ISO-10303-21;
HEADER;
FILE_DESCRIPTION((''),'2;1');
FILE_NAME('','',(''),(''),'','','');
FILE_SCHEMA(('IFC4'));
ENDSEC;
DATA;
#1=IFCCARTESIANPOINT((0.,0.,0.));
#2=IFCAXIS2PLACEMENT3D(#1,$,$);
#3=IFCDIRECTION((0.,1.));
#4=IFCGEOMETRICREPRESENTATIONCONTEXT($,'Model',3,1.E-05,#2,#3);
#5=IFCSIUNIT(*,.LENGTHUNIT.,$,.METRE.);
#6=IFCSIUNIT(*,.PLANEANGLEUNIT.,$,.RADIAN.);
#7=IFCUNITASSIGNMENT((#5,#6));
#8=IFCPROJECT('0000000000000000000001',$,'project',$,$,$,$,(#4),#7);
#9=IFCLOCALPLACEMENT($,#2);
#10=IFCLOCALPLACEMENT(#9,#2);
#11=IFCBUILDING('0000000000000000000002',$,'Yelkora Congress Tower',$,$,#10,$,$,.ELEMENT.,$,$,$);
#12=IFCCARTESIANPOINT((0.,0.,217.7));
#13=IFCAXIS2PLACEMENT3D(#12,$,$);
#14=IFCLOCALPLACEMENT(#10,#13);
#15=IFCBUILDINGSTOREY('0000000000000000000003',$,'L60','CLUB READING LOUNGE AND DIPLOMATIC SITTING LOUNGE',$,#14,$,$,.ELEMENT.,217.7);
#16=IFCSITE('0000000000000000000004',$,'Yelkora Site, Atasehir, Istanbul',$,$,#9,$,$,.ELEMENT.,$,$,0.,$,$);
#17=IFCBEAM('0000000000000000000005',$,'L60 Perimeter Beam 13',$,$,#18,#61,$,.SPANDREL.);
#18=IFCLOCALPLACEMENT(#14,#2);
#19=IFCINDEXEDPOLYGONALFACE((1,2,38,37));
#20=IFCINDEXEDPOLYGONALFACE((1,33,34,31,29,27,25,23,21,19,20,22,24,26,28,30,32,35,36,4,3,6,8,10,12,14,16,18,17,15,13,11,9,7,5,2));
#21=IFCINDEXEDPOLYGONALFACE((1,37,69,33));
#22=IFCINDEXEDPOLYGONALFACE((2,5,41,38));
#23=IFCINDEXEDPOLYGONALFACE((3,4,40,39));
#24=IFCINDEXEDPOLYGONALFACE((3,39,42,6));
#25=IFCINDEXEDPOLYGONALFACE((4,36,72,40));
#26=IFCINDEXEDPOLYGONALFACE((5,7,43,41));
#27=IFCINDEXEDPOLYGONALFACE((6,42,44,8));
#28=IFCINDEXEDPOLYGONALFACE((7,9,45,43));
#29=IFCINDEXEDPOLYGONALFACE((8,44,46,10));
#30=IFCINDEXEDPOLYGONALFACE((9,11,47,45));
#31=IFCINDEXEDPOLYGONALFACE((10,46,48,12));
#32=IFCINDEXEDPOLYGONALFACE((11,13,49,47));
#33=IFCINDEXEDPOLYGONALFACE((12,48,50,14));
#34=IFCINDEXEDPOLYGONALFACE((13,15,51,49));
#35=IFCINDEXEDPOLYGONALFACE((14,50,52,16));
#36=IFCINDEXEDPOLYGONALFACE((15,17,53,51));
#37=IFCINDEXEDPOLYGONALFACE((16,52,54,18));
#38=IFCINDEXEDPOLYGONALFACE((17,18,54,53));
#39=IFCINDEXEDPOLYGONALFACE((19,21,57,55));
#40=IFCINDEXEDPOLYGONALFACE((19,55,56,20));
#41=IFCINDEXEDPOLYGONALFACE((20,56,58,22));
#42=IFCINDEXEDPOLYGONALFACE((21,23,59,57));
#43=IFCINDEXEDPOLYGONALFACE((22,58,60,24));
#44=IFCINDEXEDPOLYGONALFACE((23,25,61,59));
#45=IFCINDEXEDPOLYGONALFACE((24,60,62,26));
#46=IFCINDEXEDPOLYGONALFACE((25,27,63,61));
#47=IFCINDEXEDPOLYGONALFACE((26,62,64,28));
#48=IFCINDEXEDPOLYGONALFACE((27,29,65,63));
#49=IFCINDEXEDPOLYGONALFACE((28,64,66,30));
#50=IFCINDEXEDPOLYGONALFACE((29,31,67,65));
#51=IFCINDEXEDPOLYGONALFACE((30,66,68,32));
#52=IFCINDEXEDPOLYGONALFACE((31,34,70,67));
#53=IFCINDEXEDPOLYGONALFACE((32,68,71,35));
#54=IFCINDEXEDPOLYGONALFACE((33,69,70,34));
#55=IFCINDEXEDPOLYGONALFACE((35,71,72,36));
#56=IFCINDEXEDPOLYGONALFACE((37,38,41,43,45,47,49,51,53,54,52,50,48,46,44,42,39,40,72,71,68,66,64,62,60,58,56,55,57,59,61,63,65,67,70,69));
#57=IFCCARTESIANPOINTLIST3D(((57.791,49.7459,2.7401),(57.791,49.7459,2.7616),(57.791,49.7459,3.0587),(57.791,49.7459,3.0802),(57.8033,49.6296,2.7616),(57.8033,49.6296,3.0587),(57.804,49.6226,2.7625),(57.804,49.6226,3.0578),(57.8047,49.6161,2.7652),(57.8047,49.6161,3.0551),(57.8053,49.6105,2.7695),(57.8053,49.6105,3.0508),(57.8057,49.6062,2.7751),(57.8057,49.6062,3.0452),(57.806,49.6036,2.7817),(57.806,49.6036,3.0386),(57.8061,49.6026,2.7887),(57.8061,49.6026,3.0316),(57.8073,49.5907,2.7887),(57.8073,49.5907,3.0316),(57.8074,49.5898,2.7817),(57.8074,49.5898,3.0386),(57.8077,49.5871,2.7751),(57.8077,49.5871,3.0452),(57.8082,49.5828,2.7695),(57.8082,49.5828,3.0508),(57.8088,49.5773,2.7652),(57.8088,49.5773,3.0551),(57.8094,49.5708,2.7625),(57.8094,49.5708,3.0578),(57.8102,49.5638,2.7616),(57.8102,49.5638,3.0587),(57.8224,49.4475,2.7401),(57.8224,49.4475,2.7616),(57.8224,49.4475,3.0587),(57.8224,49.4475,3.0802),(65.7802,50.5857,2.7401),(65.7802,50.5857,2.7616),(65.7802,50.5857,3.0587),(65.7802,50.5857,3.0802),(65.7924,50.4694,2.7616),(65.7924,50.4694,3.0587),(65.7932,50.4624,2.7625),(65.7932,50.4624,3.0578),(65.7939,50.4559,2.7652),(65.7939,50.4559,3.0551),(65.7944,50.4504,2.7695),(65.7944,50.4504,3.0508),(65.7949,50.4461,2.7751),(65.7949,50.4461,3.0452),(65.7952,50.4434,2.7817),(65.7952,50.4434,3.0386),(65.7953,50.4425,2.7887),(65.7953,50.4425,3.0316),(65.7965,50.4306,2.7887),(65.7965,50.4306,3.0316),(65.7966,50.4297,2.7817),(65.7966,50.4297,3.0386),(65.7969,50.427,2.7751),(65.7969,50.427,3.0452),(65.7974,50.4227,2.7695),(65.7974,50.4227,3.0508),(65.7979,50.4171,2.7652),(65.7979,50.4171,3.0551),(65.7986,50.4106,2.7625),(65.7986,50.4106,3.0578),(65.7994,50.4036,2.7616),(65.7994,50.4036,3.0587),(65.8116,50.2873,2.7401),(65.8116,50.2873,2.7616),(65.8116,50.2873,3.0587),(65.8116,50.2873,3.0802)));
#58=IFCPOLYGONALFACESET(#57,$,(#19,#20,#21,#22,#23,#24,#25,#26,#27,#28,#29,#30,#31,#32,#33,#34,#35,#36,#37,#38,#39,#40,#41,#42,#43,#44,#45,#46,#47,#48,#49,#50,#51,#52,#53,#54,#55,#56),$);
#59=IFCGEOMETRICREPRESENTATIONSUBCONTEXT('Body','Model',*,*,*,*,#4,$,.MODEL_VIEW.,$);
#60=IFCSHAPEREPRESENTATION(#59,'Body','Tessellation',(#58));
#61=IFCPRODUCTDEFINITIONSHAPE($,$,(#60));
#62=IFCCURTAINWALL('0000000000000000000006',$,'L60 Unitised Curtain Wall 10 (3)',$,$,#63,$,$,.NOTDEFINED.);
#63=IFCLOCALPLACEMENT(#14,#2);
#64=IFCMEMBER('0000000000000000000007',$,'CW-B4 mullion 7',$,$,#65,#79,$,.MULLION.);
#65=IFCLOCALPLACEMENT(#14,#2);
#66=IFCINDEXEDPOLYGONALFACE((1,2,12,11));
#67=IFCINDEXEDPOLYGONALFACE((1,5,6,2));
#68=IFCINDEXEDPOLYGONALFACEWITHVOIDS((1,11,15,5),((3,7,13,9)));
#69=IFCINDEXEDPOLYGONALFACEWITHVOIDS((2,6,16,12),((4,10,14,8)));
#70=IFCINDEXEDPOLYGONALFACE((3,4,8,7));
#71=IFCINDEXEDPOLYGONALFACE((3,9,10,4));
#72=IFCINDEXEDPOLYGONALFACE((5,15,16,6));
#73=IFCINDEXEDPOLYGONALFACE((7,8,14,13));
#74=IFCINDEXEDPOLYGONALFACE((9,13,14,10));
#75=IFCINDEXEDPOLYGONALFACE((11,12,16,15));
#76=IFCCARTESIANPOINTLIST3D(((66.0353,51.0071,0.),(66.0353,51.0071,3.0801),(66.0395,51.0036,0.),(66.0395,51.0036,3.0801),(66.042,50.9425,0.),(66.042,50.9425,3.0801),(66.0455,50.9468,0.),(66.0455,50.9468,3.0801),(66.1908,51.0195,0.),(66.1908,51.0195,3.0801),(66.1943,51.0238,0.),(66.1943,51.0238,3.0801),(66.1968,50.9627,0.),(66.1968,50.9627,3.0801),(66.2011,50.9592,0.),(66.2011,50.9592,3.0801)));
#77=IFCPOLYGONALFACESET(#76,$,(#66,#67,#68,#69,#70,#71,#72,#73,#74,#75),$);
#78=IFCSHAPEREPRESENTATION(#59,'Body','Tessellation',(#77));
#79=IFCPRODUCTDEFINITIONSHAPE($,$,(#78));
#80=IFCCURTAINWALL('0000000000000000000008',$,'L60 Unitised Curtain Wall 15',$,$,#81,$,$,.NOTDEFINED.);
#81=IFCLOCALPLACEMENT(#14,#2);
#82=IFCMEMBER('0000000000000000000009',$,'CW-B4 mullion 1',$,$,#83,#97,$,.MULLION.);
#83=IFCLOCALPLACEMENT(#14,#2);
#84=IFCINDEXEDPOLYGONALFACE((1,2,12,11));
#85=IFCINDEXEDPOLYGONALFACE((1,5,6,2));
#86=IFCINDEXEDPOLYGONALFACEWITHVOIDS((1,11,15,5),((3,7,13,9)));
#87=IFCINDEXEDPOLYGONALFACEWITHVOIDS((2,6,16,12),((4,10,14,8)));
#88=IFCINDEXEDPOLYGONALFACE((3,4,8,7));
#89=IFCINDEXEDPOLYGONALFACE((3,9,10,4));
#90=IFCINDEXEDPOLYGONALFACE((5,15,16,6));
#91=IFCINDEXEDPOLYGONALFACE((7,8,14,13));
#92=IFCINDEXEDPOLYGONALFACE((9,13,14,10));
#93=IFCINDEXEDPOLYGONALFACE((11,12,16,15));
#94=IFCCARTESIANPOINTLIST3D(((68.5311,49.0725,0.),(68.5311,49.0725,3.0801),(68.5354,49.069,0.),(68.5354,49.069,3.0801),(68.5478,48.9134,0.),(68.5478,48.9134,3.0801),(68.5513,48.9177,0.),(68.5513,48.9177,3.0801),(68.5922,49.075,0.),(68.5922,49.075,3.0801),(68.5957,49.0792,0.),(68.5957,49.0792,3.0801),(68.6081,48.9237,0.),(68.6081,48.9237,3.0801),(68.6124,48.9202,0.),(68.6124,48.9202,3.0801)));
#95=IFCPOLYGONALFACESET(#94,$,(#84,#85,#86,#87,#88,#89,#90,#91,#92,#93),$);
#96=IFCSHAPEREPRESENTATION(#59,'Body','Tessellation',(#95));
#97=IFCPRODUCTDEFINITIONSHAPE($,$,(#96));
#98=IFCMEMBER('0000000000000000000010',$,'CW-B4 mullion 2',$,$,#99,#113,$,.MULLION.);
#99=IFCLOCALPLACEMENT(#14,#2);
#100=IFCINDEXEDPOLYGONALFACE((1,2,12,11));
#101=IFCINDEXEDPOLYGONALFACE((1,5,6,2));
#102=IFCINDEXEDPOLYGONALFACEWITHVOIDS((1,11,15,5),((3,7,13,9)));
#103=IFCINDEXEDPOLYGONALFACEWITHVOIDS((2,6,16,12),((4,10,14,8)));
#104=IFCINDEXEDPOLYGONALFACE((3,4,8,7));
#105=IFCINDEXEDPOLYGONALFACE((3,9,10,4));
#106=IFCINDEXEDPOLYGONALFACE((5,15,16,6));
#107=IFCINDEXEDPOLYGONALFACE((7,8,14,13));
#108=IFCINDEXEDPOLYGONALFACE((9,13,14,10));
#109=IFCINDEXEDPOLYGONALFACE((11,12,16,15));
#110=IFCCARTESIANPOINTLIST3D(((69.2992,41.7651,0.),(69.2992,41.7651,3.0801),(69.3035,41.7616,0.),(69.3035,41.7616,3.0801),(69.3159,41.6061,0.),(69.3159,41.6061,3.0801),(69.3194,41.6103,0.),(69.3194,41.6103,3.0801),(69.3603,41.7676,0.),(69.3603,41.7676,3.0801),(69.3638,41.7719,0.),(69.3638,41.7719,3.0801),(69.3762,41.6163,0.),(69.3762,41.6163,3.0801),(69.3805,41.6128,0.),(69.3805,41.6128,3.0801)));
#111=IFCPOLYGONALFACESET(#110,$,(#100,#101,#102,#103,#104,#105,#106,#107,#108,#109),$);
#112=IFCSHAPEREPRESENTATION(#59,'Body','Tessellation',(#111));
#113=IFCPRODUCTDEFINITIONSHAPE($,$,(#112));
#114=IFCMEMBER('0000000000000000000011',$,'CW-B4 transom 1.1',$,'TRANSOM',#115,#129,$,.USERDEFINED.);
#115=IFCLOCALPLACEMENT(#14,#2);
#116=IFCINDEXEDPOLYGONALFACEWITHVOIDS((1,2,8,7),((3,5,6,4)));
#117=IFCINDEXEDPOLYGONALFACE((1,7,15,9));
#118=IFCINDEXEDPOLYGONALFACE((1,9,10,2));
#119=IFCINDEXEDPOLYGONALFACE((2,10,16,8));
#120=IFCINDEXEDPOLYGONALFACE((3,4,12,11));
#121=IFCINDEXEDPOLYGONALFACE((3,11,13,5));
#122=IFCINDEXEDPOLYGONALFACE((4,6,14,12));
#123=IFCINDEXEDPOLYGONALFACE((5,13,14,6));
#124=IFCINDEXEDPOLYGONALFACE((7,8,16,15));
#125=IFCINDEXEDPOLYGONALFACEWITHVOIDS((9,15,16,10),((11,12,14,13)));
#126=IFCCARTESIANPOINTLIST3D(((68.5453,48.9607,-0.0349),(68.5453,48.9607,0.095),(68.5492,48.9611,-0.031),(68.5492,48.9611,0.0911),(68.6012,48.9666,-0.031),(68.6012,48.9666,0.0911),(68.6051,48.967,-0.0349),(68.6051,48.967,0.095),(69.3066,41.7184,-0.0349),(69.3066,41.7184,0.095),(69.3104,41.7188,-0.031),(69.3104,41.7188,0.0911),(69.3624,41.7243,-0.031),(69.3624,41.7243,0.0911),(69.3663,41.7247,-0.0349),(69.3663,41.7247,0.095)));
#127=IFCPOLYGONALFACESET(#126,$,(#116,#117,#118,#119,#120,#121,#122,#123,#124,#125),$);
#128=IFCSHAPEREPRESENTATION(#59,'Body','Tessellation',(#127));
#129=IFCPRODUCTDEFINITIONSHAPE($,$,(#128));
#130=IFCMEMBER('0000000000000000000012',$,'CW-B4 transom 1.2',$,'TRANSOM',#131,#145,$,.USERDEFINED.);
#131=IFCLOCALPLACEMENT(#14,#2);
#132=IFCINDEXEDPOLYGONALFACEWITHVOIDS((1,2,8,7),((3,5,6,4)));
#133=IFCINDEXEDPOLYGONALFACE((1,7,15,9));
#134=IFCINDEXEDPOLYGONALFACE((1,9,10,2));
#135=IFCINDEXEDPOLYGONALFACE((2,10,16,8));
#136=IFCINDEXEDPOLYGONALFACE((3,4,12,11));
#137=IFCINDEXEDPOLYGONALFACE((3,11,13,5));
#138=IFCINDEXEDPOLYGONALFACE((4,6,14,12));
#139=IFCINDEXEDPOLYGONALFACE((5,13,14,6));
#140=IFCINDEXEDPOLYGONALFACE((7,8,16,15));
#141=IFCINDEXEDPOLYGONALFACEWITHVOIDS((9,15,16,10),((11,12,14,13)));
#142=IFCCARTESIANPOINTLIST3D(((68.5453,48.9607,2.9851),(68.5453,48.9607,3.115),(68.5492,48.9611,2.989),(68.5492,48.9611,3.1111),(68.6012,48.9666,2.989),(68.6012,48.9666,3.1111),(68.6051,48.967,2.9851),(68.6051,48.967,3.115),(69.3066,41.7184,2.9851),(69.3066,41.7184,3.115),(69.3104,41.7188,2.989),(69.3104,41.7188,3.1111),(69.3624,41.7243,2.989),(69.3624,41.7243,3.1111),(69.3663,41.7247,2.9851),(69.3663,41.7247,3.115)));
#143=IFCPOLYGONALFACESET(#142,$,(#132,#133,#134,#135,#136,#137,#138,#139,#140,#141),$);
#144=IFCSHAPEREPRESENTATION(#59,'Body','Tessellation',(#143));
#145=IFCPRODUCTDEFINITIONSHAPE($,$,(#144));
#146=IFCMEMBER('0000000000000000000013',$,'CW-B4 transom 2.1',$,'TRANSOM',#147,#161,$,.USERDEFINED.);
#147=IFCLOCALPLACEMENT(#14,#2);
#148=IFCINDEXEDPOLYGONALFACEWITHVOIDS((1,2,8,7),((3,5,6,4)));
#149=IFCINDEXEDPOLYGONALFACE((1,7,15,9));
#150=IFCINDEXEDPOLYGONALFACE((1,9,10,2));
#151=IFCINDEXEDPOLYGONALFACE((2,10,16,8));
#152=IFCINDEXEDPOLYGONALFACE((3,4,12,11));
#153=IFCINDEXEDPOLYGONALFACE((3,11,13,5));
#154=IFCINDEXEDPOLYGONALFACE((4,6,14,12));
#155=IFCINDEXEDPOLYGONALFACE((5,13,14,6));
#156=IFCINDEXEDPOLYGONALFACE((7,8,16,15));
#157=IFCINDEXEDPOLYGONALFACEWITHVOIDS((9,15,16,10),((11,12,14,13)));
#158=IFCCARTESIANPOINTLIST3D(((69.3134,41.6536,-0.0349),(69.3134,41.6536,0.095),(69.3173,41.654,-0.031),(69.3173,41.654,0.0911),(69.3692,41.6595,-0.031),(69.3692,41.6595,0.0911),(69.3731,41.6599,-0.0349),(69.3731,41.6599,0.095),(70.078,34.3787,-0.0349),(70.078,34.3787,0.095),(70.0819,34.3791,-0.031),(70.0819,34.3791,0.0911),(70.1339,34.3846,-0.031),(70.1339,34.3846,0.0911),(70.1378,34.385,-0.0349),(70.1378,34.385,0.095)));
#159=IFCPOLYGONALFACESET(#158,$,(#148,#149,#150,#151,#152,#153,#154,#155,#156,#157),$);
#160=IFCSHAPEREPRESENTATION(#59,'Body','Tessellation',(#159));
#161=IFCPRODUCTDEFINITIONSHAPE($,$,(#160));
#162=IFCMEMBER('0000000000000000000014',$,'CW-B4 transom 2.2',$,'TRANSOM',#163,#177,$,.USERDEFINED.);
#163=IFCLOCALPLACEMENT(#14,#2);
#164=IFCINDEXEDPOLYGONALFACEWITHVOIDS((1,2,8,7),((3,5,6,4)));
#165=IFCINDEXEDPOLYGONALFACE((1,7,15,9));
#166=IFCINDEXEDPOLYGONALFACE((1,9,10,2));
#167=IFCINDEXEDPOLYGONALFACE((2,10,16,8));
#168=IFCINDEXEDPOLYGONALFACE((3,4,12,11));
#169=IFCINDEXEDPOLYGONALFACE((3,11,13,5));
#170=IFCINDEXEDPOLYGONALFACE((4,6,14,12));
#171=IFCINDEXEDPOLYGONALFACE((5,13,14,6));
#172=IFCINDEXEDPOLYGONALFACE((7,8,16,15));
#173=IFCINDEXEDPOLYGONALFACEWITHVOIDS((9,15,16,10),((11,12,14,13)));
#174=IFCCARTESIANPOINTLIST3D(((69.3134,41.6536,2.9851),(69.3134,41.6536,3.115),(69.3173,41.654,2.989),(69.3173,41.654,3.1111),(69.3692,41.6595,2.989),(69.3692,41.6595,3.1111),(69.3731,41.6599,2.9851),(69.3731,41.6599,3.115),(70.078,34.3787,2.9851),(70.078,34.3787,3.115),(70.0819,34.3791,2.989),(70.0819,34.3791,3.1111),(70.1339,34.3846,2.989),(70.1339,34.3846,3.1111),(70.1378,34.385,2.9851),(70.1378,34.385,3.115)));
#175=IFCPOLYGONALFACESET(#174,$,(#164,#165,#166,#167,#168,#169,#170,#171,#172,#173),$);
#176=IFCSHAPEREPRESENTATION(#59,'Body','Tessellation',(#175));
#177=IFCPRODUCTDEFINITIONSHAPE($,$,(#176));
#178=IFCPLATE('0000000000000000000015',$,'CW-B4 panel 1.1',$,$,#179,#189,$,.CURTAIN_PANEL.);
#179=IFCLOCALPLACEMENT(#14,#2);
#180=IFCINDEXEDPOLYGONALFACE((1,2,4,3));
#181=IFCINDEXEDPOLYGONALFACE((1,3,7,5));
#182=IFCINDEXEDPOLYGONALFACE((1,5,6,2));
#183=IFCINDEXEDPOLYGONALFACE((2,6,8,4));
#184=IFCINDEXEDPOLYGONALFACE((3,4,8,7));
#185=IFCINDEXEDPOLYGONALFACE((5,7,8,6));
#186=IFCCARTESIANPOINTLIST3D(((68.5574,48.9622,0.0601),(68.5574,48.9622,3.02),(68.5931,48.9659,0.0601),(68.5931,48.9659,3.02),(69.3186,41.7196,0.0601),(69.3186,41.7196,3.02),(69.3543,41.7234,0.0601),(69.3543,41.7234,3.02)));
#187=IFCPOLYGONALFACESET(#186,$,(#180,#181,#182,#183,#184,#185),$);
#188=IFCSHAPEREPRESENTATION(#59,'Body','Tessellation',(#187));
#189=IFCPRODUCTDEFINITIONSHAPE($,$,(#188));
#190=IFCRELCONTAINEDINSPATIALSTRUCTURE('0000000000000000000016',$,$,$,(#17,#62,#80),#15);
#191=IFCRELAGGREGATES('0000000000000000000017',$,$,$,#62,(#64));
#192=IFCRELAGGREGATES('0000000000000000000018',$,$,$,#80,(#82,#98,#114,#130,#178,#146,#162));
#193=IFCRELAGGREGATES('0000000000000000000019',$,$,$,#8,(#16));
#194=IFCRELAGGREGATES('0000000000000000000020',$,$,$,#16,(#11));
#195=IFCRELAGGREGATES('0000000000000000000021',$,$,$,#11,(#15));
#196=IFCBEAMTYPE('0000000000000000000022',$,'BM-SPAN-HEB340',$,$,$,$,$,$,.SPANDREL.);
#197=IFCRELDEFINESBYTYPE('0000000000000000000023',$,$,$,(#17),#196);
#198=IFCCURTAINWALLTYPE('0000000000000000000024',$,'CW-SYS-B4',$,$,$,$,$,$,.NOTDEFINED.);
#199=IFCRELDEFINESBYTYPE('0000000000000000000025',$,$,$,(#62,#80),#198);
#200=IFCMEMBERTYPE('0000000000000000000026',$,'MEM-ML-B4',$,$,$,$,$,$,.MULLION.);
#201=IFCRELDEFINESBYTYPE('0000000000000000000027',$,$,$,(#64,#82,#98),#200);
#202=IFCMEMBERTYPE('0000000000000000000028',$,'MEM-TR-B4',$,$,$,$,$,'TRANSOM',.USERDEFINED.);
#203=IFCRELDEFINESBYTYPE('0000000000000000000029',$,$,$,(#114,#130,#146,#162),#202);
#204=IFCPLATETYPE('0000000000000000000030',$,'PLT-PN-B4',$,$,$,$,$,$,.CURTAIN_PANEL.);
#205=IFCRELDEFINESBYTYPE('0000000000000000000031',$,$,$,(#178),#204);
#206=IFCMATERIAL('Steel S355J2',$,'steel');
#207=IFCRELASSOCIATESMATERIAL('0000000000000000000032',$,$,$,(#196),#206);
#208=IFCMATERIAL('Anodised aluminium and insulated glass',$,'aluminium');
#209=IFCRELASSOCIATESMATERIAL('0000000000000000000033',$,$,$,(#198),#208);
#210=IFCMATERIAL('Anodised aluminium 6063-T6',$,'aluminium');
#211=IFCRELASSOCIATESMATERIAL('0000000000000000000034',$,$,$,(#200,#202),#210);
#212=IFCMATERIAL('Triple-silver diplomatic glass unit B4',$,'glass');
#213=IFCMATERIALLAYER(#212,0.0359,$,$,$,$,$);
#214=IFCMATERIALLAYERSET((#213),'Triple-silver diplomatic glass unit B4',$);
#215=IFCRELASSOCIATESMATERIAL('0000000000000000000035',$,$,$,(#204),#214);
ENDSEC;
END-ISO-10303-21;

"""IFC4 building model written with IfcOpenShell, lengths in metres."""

from ifc_helpers import new_model, si_unit, direction, frame, origin, origin_2d, place, context, subcontext, project, spatial, rectangle, hollow_rectangle, i_section, extrude, material, layer, layer_set, material_profile, profile_set, type_object, element, aggregate, save


model = new_model("IFC4")

# Units and contexts
model_context = context("Model", 3, precision=1e-05, world=origin(), true_north=direction((0.0, 1.0)))
body_context = subcontext(model_context, "Body", "Model", "MODEL_VIEW")
ifc_project = project(units=[si_unit("LENGTHUNIT", "METRE"), si_unit("PLANEANGLEUNIT", "RADIAN")], contexts=[model_context])

# Site, building, storey
site_placement = place(None, origin())
site = spatial("IfcSite", under=ifc_project, at=site_placement, Name="Yelkora Site, Atasehir, Istanbul", CompositionType="ELEMENT", RefElevation=0.0)
building_placement = place(site_placement, origin())
building = spatial("IfcBuilding", under=site, at=building_placement, Name="Yelkora Congress Tower", CompositionType="ELEMENT")
storey_placement = place(building_placement, frame((0.0, 0.0, 217.7)))
storey = spatial("IfcBuildingStorey", under=building, at=storey_placement, Name="L60", Description="CLUB READING LOUNGE AND DIPLOMATIC SITTING LOUNGE", CompositionType="ELEMENT", Elevation=217.7)

# Shared definitions
ifc_material_1 = material(Name="Steel S355J2", Category="steel")

# Beam
ifc_material_profile_1 = material_profile(ifc_material_1, i_section(OverallWidth=0.3, OverallDepth=0.3401, WebThickness=0.012, FlangeThickness=0.0215, FilletRadius=0.0271, at=origin_2d()), Name="HEB 340")
ifc_profile_set_1 = profile_set([ifc_material_profile_1], Name="Steel S355J2")
beam_type_1 = type_object("IfcBeamType", Name="BM-SPAN-HEB340", PredefinedType="SPANDREL", material=ifc_profile_set_1)
beam_1_placement = place(storey_placement, frame((65.7959, 50.4365, 2.9102), z_axis=(-0.99452, -0.104546, 0.0), x_axis=(0.104546, -0.99452, 0.0)))
element("IfcBeam", 1, at=beam_1_placement, inside=storey, type_object=beam_type_1, Name="L60 Perimeter Beam 13", PredefinedType="SPANDREL", context=body_context, shape_type="SweptSolid", body=[
    extrude(i_section(OverallWidth=0.3, OverallDepth=0.3401, WebThickness=0.012, FlangeThickness=0.0215, FilletRadius=0.0271, at=origin_2d()), origin(), (0.0, 0.0, 1.0), 8.0332),
])

# Curtain wall, member
ifc_material_2 = material(Name="Anodised aluminium and insulated glass", Category="aluminium")
curtain_wall_type = type_object("IfcCurtainWallType", Name="CW-SYS-B4", PredefinedType="NOTDEFINED", material=ifc_material_2)
curtain_wall_1_placement = place(storey_placement, origin())
curtain_wall_1 = element("IfcCurtainWall", 2, at=curtain_wall_1_placement, inside=storey, type_object=curtain_wall_type, Name="L60 Unitised Curtain Wall 10 (3)", PredefinedType="NOTDEFINED")
ifc_material_3 = material(Name="Anodised aluminium 6063-T6", Category="aluminium")
ifc_material_profile_2 = material_profile(ifc_material_3, hollow_rectangle(XDim=0.0649, YDim=0.1599, WallThickness=0.0039, at=origin_2d()), Name="ALU 65x160x4")
ifc_profile_set_2 = profile_set([ifc_material_profile_2], Name="Anodised aluminium 6063-T6")
member_type_1 = type_object("IfcMemberType", Name="MEM-ML-B4", PredefinedType="MULLION", material=ifc_profile_set_2)
member_1_placement = place(storey_placement, frame((66.1182, 50.9832, 0.0), z_axis=(0.0, 0.0, 1.0), x_axis=(-0.104528, 0.994522, 0.0)))
member_1 = element("IfcMember", 3, at=member_1_placement, type_object=member_type_1, Name="CW-B4 mullion 7", PredefinedType="MULLION", context=body_context, shape_type="SweptSolid", body=[
    extrude(hollow_rectangle(XDim=0.0649, YDim=0.1599, WallThickness=0.0039, at=origin_2d()), origin(), (0.0, 0.0, 1.0), 3.0801),
])
aggregate(curtain_wall_1, [member_1])

# Curtain wall, members, plate
curtain_wall_2_placement = place(storey_placement, origin())
curtain_wall_2 = element("IfcCurtainWall", 4, at=curtain_wall_2_placement, inside=storey, type_object=curtain_wall_type, Name="L60 Unitised Curtain Wall 15", PredefinedType="NOTDEFINED")
member_2_placement = place(storey_placement, frame((68.5718, 48.9963, 0.0), z_axis=(0.0, 0.0, 1.0), x_axis=(0.994522, 0.104526, 0.0)))
member_2 = element("IfcMember", 5, at=member_2_placement, type_object=member_type_1, Name="CW-B4 mullion 1", PredefinedType="MULLION", context=body_context, shape_type="SweptSolid", body=[
    extrude(hollow_rectangle(XDim=0.0649, YDim=0.1599, WallThickness=0.0039, at=origin_2d()), origin(), (0.0, 0.0, 1.0), 3.0801),
])
member_3_placement = place(storey_placement, frame((69.3398, 41.689, 0.0), z_axis=(0.0, 0.0, 1.0), x_axis=(0.994522, 0.104526, 0.0)))
member_3 = element("IfcMember", 6, at=member_3_placement, type_object=member_type_1, Name="CW-B4 mullion 2", PredefinedType="MULLION", context=body_context, shape_type="SweptSolid", body=[
    extrude(hollow_rectangle(XDim=0.0649, YDim=0.1599, WallThickness=0.0039, at=origin_2d()), origin(), (0.0, 0.0, 1.0), 3.0801),
])
ifc_material_profile_3 = material_profile(ifc_material_3, hollow_rectangle(XDim=0.0601, YDim=0.1299, WallThickness=0.0039, at=origin_2d()), Name="ALU 60x130x4")
ifc_profile_set_3 = profile_set([ifc_material_profile_3], Name="Anodised aluminium 6063-T6")
member_type_2 = type_object("IfcMemberType", Name="MEM-TR-B4", ElementType="TRANSOM", PredefinedType="USERDEFINED", material=ifc_profile_set_3)
member_4_placement = place(storey_placement, frame((68.5752, 48.9639, 0.03), z_axis=(0.104531, -0.994522, 0.0), x_axis=(0.994522, 0.104531, 0.0)))
member_4 = element("IfcMember", 7, at=member_4_placement, type_object=member_type_2, Name="CW-B4 transom 1.1", ObjectType="TRANSOM", PredefinedType="USERDEFINED", context=body_context, shape_type="SweptSolid", body=[
    extrude(hollow_rectangle(XDim=0.0601, YDim=0.1299, WallThickness=0.0039, at=origin_2d()), origin(), (0.0, 0.0, 1.0), 7.2822),
])
member_5_placement = place(storey_placement, frame((68.5752, 48.9639, 3.05), z_axis=(0.104531, -0.994522, 0.0), x_axis=(0.994522, 0.104531, 0.0)))
member_5 = element("IfcMember", 8, at=member_5_placement, type_object=member_type_2, Name="CW-B4 transom 1.2", ObjectType="TRANSOM", PredefinedType="USERDEFINED", context=body_context, shape_type="SweptSolid", body=[
    extrude(hollow_rectangle(XDim=0.0601, YDim=0.1299, WallThickness=0.0039, at=origin_2d()), origin(), (0.0, 0.0, 1.0), 7.2822),
])
member_6_placement = place(storey_placement, frame((69.3433, 41.6567, 0.03), z_axis=(0.104532, -0.994522, 0.0), x_axis=(0.994522, 0.104532, 0.0)))
member_6 = element("IfcMember", 9, at=member_6_placement, type_object=member_type_2, Name="CW-B4 transom 2.1", ObjectType="TRANSOM", PredefinedType="USERDEFINED", context=body_context, shape_type="SweptSolid", body=[
    extrude(hollow_rectangle(XDim=0.0601, YDim=0.1299, WallThickness=0.0039, at=origin_2d()), origin(), (0.0, 0.0, 1.0), 7.3149),
])
member_7_placement = place(storey_placement, frame((69.3433, 41.6567, 3.05), z_axis=(0.104532, -0.994522, 0.0), x_axis=(0.994522, 0.104532, 0.0)))
member_7 = element("IfcMember", 10, at=member_7_placement, type_object=member_type_2, Name="CW-B4 transom 2.2", ObjectType="TRANSOM", PredefinedType="USERDEFINED", context=body_context, shape_type="SweptSolid", body=[
    extrude(hollow_rectangle(XDim=0.0601, YDim=0.1299, WallThickness=0.0039, at=origin_2d()), origin(), (0.0, 0.0, 1.0), 7.3149),
])
ifc_material_4 = material(Name="Triple-silver diplomatic glass unit B4", Category="glass")
ifc_layer_1 = layer(ifc_material_4, 0.0359)
ifc_layer_set_1 = layer_set([ifc_layer_1], Name="Triple-silver diplomatic glass unit B4")
plate_type = type_object("IfcPlateType", Name="PLT-PN-B4", PredefinedType="CURTAIN_PANEL", material=ifc_layer_set_1)
plate_1_placement = place(storey_placement, frame((68.9558, 45.3428, 0.0601), z_axis=(0.0, 0.0, 1.0), x_axis=(0.104526, -0.994522, 0.0)))
plate_1 = element("IfcPlate", 11, at=plate_1_placement, type_object=plate_type, Name="CW-B4 panel 1.1", PredefinedType="CURTAIN_PANEL", context=body_context, shape_type="SweptSolid", body=[
    extrude(rectangle(XDim=7.2825, YDim=0.0359, at=origin_2d()), origin(), (0.0, 0.0, 1.0), 2.96),
])
aggregate(curtain_wall_2, [member_2, member_3, member_4, member_5, plate_1, member_6, member_7])

save(model, "model.ifc")
